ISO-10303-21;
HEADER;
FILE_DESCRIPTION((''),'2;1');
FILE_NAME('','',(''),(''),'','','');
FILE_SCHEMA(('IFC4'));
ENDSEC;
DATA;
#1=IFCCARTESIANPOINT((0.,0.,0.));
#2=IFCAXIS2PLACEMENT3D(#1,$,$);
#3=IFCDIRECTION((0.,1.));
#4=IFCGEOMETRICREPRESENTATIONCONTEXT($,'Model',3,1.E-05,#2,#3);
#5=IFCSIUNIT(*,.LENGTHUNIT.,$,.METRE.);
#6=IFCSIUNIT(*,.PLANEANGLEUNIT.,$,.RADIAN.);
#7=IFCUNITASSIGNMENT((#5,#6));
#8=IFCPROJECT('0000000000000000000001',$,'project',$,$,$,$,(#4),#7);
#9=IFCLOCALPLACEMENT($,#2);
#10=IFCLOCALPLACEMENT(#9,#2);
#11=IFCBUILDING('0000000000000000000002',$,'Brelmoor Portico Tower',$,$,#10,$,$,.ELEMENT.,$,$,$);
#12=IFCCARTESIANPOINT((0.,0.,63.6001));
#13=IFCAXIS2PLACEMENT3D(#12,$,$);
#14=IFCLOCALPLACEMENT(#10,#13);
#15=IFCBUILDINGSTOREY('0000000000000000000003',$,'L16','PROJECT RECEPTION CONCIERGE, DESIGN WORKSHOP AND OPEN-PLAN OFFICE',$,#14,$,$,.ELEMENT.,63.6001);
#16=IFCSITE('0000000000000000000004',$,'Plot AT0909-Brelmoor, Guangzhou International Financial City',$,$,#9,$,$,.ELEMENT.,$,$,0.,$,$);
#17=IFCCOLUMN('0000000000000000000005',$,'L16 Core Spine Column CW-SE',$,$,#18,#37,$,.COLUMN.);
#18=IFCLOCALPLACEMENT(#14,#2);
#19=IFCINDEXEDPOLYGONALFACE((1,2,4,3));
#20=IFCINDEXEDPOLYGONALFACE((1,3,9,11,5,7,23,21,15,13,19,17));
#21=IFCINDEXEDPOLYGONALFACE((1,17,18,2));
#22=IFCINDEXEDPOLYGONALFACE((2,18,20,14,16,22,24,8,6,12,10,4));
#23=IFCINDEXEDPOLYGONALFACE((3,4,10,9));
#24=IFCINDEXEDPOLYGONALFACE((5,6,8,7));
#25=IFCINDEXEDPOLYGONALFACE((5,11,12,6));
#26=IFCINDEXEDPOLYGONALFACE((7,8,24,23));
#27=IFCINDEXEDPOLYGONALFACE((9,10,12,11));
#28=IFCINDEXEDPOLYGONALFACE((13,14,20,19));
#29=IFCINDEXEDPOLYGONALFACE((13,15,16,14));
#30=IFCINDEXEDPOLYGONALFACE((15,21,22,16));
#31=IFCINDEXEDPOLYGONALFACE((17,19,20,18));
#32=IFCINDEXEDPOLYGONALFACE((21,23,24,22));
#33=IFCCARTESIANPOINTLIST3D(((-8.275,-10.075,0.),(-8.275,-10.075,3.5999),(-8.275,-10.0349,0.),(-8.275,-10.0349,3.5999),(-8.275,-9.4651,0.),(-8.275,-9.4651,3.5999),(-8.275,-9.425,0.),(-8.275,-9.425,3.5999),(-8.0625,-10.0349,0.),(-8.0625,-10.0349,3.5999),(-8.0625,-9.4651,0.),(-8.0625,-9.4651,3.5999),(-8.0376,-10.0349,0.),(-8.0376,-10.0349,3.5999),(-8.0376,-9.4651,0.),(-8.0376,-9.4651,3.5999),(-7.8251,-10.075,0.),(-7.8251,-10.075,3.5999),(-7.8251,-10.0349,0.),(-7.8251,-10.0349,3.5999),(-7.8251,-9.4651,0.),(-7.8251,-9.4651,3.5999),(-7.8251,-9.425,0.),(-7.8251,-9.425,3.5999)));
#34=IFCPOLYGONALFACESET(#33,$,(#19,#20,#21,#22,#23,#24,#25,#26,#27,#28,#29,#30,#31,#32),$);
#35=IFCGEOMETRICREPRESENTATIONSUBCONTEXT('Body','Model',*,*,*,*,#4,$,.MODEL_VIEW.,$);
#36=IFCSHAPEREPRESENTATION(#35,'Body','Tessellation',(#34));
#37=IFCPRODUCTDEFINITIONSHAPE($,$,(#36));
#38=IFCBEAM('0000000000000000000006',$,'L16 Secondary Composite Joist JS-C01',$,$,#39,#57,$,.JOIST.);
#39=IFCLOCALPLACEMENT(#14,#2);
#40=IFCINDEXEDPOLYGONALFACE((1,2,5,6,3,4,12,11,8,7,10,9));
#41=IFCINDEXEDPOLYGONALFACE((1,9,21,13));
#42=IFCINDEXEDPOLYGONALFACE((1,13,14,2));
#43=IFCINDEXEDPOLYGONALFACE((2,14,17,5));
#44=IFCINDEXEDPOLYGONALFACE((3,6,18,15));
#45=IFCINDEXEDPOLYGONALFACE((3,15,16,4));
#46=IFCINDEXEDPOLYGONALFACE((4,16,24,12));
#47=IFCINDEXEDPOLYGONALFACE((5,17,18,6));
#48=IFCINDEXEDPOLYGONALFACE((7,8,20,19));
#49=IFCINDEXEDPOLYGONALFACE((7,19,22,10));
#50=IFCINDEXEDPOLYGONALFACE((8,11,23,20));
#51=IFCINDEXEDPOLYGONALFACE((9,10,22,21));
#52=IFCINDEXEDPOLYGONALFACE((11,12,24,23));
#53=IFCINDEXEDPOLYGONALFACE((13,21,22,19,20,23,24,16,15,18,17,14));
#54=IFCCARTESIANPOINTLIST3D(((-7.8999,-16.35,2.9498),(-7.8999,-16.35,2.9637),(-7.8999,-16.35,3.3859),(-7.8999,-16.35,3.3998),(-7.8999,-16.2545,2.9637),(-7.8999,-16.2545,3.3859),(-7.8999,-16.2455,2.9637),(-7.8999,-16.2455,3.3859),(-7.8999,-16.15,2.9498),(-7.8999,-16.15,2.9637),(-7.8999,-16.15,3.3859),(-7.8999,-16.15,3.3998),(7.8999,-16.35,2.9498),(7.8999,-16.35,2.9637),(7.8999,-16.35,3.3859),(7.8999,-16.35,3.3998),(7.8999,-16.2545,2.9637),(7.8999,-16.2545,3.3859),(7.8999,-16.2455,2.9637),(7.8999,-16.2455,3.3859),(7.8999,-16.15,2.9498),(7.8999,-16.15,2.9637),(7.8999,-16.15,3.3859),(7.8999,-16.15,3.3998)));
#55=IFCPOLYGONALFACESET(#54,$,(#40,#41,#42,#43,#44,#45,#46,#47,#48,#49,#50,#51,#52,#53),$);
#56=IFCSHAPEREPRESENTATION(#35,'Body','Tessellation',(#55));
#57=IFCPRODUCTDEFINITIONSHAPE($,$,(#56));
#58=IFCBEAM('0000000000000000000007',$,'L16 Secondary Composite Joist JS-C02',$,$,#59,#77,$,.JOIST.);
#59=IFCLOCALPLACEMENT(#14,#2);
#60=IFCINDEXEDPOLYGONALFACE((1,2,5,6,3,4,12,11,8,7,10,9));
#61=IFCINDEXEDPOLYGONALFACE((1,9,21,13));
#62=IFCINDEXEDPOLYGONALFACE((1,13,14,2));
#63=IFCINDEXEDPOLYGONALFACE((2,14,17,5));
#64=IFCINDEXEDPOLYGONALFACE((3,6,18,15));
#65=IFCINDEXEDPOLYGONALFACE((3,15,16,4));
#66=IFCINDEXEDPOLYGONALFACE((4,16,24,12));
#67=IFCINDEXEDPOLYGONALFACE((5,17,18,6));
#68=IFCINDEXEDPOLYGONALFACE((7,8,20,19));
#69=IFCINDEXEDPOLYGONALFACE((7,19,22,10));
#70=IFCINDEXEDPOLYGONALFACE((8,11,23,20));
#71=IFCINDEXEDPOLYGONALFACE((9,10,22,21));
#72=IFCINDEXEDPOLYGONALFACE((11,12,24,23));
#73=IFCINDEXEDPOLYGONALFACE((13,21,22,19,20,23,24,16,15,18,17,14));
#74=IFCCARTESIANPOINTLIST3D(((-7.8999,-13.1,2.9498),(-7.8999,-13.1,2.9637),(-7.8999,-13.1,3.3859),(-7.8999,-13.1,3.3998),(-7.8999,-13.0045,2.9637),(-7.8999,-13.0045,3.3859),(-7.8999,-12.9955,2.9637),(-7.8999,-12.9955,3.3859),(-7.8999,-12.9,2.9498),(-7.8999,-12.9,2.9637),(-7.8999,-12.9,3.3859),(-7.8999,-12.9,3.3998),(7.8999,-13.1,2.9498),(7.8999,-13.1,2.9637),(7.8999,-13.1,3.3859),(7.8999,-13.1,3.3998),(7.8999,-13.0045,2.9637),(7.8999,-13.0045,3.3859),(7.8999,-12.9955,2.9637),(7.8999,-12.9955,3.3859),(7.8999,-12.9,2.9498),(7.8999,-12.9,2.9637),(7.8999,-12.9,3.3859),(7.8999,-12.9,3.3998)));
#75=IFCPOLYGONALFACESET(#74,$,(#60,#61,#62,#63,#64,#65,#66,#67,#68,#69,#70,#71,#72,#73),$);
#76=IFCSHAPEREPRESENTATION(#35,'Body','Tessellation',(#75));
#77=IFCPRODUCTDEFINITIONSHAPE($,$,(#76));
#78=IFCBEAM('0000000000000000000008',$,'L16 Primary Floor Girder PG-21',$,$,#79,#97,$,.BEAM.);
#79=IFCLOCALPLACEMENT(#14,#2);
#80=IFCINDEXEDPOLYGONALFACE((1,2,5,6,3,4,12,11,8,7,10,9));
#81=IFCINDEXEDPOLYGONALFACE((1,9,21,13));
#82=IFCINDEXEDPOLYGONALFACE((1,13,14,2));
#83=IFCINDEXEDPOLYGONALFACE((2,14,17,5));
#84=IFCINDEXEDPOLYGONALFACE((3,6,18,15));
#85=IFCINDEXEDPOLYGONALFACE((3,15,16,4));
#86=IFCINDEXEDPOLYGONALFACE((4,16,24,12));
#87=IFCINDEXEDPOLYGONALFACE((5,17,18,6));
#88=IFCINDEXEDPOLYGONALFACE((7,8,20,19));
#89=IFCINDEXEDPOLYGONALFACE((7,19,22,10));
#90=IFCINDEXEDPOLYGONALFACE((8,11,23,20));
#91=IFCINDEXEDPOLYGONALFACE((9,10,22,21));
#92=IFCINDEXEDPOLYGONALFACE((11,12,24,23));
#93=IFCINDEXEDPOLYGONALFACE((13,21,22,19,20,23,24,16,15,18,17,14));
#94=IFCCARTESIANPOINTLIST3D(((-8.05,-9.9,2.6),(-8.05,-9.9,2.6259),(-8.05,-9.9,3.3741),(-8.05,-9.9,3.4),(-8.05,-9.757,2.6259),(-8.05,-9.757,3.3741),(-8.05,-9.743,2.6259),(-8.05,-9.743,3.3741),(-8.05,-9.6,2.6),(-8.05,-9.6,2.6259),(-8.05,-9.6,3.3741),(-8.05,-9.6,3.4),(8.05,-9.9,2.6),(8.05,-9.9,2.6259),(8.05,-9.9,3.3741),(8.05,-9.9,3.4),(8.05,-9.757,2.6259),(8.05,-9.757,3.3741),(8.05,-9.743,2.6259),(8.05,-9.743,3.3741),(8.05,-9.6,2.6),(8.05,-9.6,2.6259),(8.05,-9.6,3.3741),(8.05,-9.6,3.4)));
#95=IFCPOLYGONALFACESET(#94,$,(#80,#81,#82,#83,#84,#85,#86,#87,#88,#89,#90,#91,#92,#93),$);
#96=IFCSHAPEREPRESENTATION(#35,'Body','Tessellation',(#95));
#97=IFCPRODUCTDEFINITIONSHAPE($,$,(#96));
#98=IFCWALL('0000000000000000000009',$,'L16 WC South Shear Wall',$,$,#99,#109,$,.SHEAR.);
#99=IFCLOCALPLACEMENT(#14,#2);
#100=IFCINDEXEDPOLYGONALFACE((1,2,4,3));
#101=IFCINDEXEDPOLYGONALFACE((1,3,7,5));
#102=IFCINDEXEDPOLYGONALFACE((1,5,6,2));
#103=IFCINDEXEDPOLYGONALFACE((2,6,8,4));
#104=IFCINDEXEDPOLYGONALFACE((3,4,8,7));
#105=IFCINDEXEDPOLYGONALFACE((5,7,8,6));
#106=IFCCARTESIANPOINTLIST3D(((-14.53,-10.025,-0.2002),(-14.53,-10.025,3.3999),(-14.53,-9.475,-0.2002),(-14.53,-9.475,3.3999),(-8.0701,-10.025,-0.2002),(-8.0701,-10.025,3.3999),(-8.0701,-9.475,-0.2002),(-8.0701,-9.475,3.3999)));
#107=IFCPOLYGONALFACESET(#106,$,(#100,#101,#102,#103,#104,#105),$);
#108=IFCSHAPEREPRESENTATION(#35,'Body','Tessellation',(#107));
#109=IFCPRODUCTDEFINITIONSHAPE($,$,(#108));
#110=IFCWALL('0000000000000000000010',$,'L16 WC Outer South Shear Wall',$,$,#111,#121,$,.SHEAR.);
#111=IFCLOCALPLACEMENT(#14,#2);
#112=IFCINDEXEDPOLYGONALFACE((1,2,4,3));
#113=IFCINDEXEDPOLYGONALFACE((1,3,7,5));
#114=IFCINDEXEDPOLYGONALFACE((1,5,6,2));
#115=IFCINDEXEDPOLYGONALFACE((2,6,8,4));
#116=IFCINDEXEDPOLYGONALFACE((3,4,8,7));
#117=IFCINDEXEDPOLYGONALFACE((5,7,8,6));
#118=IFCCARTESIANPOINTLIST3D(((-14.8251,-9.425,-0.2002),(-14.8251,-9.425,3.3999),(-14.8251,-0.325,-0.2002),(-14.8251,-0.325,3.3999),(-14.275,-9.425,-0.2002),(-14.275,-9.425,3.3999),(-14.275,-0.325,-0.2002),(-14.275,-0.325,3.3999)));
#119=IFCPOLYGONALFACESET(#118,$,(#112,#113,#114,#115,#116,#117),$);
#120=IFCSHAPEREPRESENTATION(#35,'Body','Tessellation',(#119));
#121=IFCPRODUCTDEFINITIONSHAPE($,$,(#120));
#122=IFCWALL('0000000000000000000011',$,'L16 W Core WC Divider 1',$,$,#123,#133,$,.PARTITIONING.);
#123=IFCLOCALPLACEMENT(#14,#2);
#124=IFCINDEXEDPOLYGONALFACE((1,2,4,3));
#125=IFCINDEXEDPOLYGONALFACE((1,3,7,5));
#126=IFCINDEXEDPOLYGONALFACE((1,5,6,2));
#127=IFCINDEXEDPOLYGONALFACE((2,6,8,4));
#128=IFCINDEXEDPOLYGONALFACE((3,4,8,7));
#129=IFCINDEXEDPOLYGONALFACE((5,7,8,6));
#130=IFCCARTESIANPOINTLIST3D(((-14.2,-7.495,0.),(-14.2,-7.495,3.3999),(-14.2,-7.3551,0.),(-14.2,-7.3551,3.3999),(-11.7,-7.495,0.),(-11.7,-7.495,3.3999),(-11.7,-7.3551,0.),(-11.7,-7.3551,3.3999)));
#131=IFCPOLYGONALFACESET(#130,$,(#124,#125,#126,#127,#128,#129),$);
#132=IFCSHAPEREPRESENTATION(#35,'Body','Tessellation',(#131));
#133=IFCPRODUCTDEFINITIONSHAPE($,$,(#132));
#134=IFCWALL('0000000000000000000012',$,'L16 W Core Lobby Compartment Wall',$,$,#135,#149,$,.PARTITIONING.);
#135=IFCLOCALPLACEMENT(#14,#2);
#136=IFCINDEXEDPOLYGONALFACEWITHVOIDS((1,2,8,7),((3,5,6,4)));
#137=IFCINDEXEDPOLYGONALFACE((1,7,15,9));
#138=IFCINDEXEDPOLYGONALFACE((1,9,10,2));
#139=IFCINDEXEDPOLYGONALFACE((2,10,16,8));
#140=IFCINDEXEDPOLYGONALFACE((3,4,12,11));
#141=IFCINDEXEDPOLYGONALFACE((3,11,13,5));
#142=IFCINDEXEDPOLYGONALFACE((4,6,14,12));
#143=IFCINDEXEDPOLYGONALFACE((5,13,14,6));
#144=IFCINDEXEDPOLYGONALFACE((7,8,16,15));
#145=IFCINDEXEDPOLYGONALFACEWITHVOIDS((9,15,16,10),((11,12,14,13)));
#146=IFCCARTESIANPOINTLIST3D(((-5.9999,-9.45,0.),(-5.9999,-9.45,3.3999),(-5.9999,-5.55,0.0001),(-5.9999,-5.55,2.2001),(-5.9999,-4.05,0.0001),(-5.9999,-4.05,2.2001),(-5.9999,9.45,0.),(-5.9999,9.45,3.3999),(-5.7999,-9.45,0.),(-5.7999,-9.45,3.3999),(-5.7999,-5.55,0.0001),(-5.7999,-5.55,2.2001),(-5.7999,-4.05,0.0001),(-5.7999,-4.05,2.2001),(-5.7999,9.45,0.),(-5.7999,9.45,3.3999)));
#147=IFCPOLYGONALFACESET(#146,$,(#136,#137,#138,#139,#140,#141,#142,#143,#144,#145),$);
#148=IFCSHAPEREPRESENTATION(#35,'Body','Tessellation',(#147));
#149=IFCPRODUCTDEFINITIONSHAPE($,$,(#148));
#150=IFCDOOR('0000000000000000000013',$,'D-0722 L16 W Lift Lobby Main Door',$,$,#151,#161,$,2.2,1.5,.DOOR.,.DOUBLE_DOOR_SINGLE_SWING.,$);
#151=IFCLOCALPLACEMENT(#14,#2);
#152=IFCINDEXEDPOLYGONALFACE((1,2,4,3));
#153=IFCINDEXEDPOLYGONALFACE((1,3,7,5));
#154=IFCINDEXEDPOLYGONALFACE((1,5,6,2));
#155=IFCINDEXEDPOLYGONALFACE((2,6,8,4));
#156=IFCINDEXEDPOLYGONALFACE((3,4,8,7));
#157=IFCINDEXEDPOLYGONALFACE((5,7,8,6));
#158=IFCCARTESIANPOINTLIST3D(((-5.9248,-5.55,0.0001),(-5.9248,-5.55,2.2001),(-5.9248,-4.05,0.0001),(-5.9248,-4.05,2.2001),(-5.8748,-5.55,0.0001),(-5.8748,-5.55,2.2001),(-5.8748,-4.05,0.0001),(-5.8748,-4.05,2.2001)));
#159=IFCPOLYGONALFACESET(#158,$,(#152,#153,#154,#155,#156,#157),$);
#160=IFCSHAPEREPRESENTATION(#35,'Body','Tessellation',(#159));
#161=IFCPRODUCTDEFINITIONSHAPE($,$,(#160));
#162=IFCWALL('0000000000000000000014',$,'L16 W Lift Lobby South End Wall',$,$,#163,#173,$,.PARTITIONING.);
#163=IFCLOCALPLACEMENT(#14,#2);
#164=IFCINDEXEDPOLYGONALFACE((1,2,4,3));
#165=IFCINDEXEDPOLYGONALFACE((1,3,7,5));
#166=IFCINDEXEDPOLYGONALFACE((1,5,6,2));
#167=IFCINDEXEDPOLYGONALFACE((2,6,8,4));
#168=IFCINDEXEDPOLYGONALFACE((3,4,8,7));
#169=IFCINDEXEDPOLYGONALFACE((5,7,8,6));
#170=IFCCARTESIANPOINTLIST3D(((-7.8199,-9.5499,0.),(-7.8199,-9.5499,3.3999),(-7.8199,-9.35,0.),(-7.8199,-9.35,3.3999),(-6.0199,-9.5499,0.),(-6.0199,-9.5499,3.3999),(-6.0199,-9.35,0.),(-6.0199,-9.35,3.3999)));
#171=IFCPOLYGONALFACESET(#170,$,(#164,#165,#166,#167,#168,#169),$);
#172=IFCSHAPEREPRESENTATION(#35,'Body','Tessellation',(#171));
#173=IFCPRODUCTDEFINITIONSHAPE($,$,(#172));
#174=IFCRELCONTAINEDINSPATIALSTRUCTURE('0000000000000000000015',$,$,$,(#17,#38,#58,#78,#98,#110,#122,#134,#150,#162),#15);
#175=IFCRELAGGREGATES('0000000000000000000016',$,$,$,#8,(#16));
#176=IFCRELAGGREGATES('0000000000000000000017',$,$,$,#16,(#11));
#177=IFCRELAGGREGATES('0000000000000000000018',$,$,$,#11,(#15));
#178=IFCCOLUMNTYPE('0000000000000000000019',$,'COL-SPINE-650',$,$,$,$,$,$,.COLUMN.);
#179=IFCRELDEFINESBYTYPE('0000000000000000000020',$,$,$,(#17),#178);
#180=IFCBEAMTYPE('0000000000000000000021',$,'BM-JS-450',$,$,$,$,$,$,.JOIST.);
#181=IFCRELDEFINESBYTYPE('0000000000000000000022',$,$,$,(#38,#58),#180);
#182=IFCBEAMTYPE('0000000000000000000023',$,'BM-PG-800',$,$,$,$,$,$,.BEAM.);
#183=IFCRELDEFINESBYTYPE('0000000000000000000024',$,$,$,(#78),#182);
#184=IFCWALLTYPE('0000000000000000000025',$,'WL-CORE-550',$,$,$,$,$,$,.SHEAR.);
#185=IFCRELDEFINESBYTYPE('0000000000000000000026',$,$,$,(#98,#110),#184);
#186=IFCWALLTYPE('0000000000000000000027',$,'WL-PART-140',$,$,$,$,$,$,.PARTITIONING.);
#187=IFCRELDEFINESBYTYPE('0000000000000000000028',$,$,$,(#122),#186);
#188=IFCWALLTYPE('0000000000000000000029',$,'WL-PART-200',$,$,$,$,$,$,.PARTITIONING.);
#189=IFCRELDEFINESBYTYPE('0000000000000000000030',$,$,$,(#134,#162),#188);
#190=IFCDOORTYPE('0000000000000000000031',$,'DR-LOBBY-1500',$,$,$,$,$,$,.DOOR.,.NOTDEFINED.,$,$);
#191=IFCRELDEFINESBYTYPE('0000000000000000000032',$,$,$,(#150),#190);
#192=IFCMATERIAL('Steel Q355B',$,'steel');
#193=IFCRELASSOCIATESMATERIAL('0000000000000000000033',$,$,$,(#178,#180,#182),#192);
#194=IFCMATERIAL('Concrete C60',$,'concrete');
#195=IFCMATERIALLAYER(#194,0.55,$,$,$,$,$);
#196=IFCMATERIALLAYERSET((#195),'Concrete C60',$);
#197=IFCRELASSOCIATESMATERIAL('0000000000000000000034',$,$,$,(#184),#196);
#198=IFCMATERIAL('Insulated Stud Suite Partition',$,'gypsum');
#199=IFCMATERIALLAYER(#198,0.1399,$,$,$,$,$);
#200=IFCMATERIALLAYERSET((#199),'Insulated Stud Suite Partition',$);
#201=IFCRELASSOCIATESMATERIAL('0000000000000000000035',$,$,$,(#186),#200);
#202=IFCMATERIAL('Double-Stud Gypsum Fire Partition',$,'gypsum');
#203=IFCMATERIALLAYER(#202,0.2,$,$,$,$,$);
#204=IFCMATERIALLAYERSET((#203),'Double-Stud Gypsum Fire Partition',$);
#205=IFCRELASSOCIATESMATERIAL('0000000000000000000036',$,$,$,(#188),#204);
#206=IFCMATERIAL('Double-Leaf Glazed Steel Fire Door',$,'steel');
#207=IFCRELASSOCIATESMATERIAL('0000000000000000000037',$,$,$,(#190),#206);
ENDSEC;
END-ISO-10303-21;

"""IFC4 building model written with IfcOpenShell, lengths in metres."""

from ifc_helpers import new_model, si_unit, direction, frame, frame_2d, origin, origin_2d, place, context, subcontext, project, spatial, rectangle, i_section, extrude, material, layer, layer_set, material_profile, profile_set, type_object, element, fill, save


model = new_model("IFC4")

# Units and contexts
model_context = context("Model", 3, precision=1e-05, world=origin(), true_north=direction((0.0, 1.0)))
body_context = subcontext(model_context, "Body", "Model", "MODEL_VIEW")
ifc_project = project(units=[si_unit("LENGTHUNIT", "METRE"), si_unit("PLANEANGLEUNIT", "RADIAN")], contexts=[model_context])

# Site, building, storey
site_placement = place(None, origin())
site = spatial("IfcSite", under=ifc_project, at=site_placement, Name="Plot AT0909-Brelmoor, Guangzhou International Financial City", CompositionType="ELEMENT", RefElevation=0.0)
building_placement = place(site_placement, origin())
building = spatial("IfcBuilding", under=site, at=building_placement, Name="Brelmoor Portico Tower", CompositionType="ELEMENT")
storey_placement = place(building_placement, frame((0.0, 0.0, 63.6001)))
storey = spatial("IfcBuildingStorey", under=building, at=storey_placement, Name="L16", Description="PROJECT RECEPTION CONCIERGE, DESIGN WORKSHOP AND OPEN-PLAN OFFICE", CompositionType="ELEMENT", Elevation=63.6001)

# Column
ifc_material_1 = material(Name="Steel Q355B", Category="steel")
ifc_material_profile_1 = material_profile(ifc_material_1, i_section(OverallWidth=0.45, OverallDepth=0.6499, WebThickness=0.0249, FlangeThickness=0.04, at=origin_2d()), Name="HW 650x450x25x40")
ifc_profile_set_1 = profile_set([ifc_material_profile_1], Name="Steel Q355B")
column_type = type_object("IfcColumnType", Name="COL-SPINE-650", PredefinedType="COLUMN", material=ifc_profile_set_1)
column_placement = place(storey_placement, frame((-8.05, -9.75, 0.0), z_axis=(0.0, 0.0, 1.0), x_axis=(1.0, 0.0, 0.0)))
element("IfcColumn", 1, at=column_placement, inside=storey, type_object=column_type, Name="L16 Core Spine Column CW-SE", PredefinedType="COLUMN", context=body_context, shape_type="SweptSolid", body=[
    extrude(i_section(OverallWidth=0.45, OverallDepth=0.6499, WebThickness=0.0249, FlangeThickness=0.04, at=origin_2d()), origin(), (0.0, 0.0, 1.0), 3.5999),
])

# Beams
ifc_material_profile_2 = material_profile(ifc_material_1, i_section(OverallWidth=0.2, OverallDepth=0.45, WebThickness=0.009, FlangeThickness=0.0139, at=origin_2d()), Name="HN 450x200x9x14")
ifc_profile_set_2 = profile_set([ifc_material_profile_2], Name="Steel Q355B")
beam_type_1 = type_object("IfcBeamType", Name="BM-JS-450", PredefinedType="JOIST", material=ifc_profile_set_2)
for number, where, z_axis, x_axis, name in (
    (2, (-7.8999, -16.25, 3.1748), (1.0, 0.0, 0.0), (0.0, 1.0, 0.0), "L16 Secondary Composite Joist JS-C01"),
    (3, (-7.8999, -13.0, 3.1748), (1.0, 0.0, 0.0), (0.0, 1.0, 0.0), "L16 Secondary Composite Joist JS-C02"),
):
    element("IfcBeam", number, at=place(storey_placement, frame(where, z_axis=z_axis, x_axis=x_axis)), inside=storey, type_object=beam_type_1, Name=name, PredefinedType="JOIST", context=body_context, shape_type="SweptSolid", body=[
        extrude(i_section(OverallWidth=0.2, OverallDepth=0.45, WebThickness=0.009, FlangeThickness=0.0139, at=origin_2d()), origin(), (0.0, 0.0, 1.0), 15.7998),
    ])
ifc_material_profile_3 = material_profile(ifc_material_1, i_section(OverallWidth=0.3, OverallDepth=0.8, WebThickness=0.0139, FlangeThickness=0.0259, at=origin_2d()), Name="HN 800x300x14x26")
ifc_profile_set_3 = profile_set([ifc_material_profile_3], Name="Steel Q355B")
beam_type_2 = type_object("IfcBeamType", Name="BM-PG-800", PredefinedType="BEAM", material=ifc_profile_set_3)
beam_placement = place(storey_placement, frame((-8.05, -9.75, 3.0), z_axis=(1.0, 0.0, 0.0), x_axis=(0.0, 1.0, 0.0)))
element("IfcBeam", 4, at=beam_placement, inside=storey, type_object=beam_type_2, Name="L16 Primary Floor Girder PG-21", PredefinedType="BEAM", context=body_context, shape_type="SweptSolid", body=[
    extrude(i_section(OverallWidth=0.3, OverallDepth=0.8, WebThickness=0.0139, FlangeThickness=0.0259, at=origin_2d()), origin(), (0.0, 0.0, 1.0), 16.1001),
])

# Walls
ifc_material_2 = material(Name="Concrete C60", Category="concrete")
ifc_layer_1 = layer(ifc_material_2, 0.55)
ifc_layer_set_1 = layer_set([ifc_layer_1], Name="Concrete C60")
wall_type_1 = type_object("IfcWallType", Name="WL-CORE-550", PredefinedType="SHEAR", material=ifc_layer_set_1)
wall_1_placement = place(storey_placement, frame((-14.53, -9.75, -0.2002), z_axis=(0.0, 0.0, 1.0), x_axis=(1.0, 0.0, 0.0)))
element("IfcWall", 5, at=wall_1_placement, inside=storey, type_object=wall_type_1, Name="L16 WC South Shear Wall", PredefinedType="SHEAR", context=body_context, shape_type="SweptSolid", body=[
    extrude(rectangle(XDim=6.46, YDim=0.55, at=frame_2d((3.23, 0.0))), origin(), (0.0, 0.0, 1.0), 3.6001),
])
wall_2_placement = place(storey_placement, frame((-14.55, -9.425, -0.2002), z_axis=(0.0, 0.0, 1.0), x_axis=(0.0, 1.0, 0.0)))
element("IfcWall", 6, at=wall_2_placement, inside=storey, type_object=wall_type_1, Name="L16 WC Outer South Shear Wall", PredefinedType="SHEAR", context=body_context, shape_type="SweptSolid", body=[
    extrude(rectangle(XDim=9.1001, YDim=0.55, at=frame_2d((4.55, 0.0))), origin(), (0.0, 0.0, 1.0), 3.6001),
])
ifc_material_3 = material(Name="Insulated Stud Suite Partition", Category="gypsum")
ifc_layer_2 = layer(ifc_material_3, 0.1399)
ifc_layer_set_2 = layer_set([ifc_layer_2], Name="Insulated Stud Suite Partition")
wall_type_2 = type_object("IfcWallType", Name="WL-PART-140", PredefinedType="PARTITIONING", material=ifc_layer_set_2)
wall_3_placement = place(storey_placement, frame((-11.7, -7.425, 0.0), z_axis=(0.0, 0.0, 1.0), x_axis=(-1.0, 0.0, 0.0)))
element("IfcWall", 7, at=wall_3_placement, inside=storey, type_object=wall_type_2, Name="L16 W Core WC Divider 1", PredefinedType="PARTITIONING", context=body_context, shape_type="SweptSolid", body=[
    extrude(rectangle(XDim=2.5, YDim=0.1399, at=frame_2d((1.25, 0.0))), origin(), (0.0, 0.0, 1.0), 3.3999),
])

# Wall, opening, door
ifc_material_4 = material(Name="Double-Stud Gypsum Fire Partition", Category="gypsum")
ifc_layer_3 = layer(ifc_material_4, 0.2)
ifc_layer_set_3 = layer_set([ifc_layer_3], Name="Double-Stud Gypsum Fire Partition")
wall_type_3 = type_object("IfcWallType", Name="WL-PART-200", PredefinedType="PARTITIONING", material=ifc_layer_set_3)
wall_4_placement = place(storey_placement, frame((-5.8999, -9.45, 0.0), z_axis=(0.0, 0.0, 1.0), x_axis=(0.0, 1.0, 0.0)))
wall_4 = element("IfcWall", 8, at=wall_4_placement, inside=storey, type_object=wall_type_3, Name="L16 W Core Lobby Compartment Wall", PredefinedType="PARTITIONING", context=body_context, shape_type="SweptSolid", body=[
    extrude(rectangle(XDim=18.8999, YDim=0.2, at=frame_2d((9.45, 0.0))), origin(), (0.0, 0.0, 1.0), 3.3999),
])
opening_1_placement = place(wall_4_placement, frame((3.8999, 0.0, 0.0)))
opening_1 = element("IfcOpeningElement", 9, at=opening_1_placement, cuts=wall_4, PredefinedType="OPENING", context=body_context, shape_type="SweptSolid", body=[
    extrude(rectangle(XDim=1.5, YDim=2.2, at=frame_2d((0.75, 1.1001))), frame((0.0, 0.1099, 0.0), z_axis=(0.0, -1.0, 0.0), x_axis=(1.0, 0.0, 0.0)), (0.0, 0.0, 1.0), 0.22),
])
ifc_material_5 = material(Name="Double-Leaf Glazed Steel Fire Door", Category="steel")
door_type_1 = type_object("IfcDoorType", Name="DR-LOBBY-1500", OperationType="NOTDEFINED", PredefinedType="DOOR", material=ifc_material_5)
door_1_placement = place(opening_1_placement, origin())
door_1 = element("IfcDoor", 10, at=door_1_placement, inside=storey, type_object=door_type_1, Name="D-0722 L16 W Lift Lobby Main Door", OperationType="DOUBLE_DOOR_SINGLE_SWING", OverallHeight=2.2, OverallWidth=1.5, PredefinedType="DOOR", context=body_context, shape_type="SweptSolid", body=[
    extrude(rectangle(XDim=1.5, YDim=2.2, at=frame_2d((0.75, 1.1001))), frame((0.0, 0.0249, 0.0), z_axis=(0.0, -1.0, 0.0), x_axis=(1.0, 0.0, 0.0)), (0.0, 0.0, 1.0), 0.05),
])
fill(opening_1, door_1)

# Wall
wall_5_placement = place(storey_placement, frame((-6.02, -9.45, 0.0), z_axis=(0.0, 0.0, 1.0), x_axis=(-1.0, 0.0, 0.0)))
element("IfcWall", 11, at=wall_5_placement, inside=storey, type_object=wall_type_3, Name="L16 W Lift Lobby South End Wall", PredefinedType="PARTITIONING", context=body_context, shape_type="SweptSolid", body=[
    extrude(rectangle(XDim=1.8, YDim=0.2, at=frame_2d((0.8999, 0.0))), origin(), (0.0, 0.0, 1.0), 3.3999),
])

save(model, "model.ifc")
